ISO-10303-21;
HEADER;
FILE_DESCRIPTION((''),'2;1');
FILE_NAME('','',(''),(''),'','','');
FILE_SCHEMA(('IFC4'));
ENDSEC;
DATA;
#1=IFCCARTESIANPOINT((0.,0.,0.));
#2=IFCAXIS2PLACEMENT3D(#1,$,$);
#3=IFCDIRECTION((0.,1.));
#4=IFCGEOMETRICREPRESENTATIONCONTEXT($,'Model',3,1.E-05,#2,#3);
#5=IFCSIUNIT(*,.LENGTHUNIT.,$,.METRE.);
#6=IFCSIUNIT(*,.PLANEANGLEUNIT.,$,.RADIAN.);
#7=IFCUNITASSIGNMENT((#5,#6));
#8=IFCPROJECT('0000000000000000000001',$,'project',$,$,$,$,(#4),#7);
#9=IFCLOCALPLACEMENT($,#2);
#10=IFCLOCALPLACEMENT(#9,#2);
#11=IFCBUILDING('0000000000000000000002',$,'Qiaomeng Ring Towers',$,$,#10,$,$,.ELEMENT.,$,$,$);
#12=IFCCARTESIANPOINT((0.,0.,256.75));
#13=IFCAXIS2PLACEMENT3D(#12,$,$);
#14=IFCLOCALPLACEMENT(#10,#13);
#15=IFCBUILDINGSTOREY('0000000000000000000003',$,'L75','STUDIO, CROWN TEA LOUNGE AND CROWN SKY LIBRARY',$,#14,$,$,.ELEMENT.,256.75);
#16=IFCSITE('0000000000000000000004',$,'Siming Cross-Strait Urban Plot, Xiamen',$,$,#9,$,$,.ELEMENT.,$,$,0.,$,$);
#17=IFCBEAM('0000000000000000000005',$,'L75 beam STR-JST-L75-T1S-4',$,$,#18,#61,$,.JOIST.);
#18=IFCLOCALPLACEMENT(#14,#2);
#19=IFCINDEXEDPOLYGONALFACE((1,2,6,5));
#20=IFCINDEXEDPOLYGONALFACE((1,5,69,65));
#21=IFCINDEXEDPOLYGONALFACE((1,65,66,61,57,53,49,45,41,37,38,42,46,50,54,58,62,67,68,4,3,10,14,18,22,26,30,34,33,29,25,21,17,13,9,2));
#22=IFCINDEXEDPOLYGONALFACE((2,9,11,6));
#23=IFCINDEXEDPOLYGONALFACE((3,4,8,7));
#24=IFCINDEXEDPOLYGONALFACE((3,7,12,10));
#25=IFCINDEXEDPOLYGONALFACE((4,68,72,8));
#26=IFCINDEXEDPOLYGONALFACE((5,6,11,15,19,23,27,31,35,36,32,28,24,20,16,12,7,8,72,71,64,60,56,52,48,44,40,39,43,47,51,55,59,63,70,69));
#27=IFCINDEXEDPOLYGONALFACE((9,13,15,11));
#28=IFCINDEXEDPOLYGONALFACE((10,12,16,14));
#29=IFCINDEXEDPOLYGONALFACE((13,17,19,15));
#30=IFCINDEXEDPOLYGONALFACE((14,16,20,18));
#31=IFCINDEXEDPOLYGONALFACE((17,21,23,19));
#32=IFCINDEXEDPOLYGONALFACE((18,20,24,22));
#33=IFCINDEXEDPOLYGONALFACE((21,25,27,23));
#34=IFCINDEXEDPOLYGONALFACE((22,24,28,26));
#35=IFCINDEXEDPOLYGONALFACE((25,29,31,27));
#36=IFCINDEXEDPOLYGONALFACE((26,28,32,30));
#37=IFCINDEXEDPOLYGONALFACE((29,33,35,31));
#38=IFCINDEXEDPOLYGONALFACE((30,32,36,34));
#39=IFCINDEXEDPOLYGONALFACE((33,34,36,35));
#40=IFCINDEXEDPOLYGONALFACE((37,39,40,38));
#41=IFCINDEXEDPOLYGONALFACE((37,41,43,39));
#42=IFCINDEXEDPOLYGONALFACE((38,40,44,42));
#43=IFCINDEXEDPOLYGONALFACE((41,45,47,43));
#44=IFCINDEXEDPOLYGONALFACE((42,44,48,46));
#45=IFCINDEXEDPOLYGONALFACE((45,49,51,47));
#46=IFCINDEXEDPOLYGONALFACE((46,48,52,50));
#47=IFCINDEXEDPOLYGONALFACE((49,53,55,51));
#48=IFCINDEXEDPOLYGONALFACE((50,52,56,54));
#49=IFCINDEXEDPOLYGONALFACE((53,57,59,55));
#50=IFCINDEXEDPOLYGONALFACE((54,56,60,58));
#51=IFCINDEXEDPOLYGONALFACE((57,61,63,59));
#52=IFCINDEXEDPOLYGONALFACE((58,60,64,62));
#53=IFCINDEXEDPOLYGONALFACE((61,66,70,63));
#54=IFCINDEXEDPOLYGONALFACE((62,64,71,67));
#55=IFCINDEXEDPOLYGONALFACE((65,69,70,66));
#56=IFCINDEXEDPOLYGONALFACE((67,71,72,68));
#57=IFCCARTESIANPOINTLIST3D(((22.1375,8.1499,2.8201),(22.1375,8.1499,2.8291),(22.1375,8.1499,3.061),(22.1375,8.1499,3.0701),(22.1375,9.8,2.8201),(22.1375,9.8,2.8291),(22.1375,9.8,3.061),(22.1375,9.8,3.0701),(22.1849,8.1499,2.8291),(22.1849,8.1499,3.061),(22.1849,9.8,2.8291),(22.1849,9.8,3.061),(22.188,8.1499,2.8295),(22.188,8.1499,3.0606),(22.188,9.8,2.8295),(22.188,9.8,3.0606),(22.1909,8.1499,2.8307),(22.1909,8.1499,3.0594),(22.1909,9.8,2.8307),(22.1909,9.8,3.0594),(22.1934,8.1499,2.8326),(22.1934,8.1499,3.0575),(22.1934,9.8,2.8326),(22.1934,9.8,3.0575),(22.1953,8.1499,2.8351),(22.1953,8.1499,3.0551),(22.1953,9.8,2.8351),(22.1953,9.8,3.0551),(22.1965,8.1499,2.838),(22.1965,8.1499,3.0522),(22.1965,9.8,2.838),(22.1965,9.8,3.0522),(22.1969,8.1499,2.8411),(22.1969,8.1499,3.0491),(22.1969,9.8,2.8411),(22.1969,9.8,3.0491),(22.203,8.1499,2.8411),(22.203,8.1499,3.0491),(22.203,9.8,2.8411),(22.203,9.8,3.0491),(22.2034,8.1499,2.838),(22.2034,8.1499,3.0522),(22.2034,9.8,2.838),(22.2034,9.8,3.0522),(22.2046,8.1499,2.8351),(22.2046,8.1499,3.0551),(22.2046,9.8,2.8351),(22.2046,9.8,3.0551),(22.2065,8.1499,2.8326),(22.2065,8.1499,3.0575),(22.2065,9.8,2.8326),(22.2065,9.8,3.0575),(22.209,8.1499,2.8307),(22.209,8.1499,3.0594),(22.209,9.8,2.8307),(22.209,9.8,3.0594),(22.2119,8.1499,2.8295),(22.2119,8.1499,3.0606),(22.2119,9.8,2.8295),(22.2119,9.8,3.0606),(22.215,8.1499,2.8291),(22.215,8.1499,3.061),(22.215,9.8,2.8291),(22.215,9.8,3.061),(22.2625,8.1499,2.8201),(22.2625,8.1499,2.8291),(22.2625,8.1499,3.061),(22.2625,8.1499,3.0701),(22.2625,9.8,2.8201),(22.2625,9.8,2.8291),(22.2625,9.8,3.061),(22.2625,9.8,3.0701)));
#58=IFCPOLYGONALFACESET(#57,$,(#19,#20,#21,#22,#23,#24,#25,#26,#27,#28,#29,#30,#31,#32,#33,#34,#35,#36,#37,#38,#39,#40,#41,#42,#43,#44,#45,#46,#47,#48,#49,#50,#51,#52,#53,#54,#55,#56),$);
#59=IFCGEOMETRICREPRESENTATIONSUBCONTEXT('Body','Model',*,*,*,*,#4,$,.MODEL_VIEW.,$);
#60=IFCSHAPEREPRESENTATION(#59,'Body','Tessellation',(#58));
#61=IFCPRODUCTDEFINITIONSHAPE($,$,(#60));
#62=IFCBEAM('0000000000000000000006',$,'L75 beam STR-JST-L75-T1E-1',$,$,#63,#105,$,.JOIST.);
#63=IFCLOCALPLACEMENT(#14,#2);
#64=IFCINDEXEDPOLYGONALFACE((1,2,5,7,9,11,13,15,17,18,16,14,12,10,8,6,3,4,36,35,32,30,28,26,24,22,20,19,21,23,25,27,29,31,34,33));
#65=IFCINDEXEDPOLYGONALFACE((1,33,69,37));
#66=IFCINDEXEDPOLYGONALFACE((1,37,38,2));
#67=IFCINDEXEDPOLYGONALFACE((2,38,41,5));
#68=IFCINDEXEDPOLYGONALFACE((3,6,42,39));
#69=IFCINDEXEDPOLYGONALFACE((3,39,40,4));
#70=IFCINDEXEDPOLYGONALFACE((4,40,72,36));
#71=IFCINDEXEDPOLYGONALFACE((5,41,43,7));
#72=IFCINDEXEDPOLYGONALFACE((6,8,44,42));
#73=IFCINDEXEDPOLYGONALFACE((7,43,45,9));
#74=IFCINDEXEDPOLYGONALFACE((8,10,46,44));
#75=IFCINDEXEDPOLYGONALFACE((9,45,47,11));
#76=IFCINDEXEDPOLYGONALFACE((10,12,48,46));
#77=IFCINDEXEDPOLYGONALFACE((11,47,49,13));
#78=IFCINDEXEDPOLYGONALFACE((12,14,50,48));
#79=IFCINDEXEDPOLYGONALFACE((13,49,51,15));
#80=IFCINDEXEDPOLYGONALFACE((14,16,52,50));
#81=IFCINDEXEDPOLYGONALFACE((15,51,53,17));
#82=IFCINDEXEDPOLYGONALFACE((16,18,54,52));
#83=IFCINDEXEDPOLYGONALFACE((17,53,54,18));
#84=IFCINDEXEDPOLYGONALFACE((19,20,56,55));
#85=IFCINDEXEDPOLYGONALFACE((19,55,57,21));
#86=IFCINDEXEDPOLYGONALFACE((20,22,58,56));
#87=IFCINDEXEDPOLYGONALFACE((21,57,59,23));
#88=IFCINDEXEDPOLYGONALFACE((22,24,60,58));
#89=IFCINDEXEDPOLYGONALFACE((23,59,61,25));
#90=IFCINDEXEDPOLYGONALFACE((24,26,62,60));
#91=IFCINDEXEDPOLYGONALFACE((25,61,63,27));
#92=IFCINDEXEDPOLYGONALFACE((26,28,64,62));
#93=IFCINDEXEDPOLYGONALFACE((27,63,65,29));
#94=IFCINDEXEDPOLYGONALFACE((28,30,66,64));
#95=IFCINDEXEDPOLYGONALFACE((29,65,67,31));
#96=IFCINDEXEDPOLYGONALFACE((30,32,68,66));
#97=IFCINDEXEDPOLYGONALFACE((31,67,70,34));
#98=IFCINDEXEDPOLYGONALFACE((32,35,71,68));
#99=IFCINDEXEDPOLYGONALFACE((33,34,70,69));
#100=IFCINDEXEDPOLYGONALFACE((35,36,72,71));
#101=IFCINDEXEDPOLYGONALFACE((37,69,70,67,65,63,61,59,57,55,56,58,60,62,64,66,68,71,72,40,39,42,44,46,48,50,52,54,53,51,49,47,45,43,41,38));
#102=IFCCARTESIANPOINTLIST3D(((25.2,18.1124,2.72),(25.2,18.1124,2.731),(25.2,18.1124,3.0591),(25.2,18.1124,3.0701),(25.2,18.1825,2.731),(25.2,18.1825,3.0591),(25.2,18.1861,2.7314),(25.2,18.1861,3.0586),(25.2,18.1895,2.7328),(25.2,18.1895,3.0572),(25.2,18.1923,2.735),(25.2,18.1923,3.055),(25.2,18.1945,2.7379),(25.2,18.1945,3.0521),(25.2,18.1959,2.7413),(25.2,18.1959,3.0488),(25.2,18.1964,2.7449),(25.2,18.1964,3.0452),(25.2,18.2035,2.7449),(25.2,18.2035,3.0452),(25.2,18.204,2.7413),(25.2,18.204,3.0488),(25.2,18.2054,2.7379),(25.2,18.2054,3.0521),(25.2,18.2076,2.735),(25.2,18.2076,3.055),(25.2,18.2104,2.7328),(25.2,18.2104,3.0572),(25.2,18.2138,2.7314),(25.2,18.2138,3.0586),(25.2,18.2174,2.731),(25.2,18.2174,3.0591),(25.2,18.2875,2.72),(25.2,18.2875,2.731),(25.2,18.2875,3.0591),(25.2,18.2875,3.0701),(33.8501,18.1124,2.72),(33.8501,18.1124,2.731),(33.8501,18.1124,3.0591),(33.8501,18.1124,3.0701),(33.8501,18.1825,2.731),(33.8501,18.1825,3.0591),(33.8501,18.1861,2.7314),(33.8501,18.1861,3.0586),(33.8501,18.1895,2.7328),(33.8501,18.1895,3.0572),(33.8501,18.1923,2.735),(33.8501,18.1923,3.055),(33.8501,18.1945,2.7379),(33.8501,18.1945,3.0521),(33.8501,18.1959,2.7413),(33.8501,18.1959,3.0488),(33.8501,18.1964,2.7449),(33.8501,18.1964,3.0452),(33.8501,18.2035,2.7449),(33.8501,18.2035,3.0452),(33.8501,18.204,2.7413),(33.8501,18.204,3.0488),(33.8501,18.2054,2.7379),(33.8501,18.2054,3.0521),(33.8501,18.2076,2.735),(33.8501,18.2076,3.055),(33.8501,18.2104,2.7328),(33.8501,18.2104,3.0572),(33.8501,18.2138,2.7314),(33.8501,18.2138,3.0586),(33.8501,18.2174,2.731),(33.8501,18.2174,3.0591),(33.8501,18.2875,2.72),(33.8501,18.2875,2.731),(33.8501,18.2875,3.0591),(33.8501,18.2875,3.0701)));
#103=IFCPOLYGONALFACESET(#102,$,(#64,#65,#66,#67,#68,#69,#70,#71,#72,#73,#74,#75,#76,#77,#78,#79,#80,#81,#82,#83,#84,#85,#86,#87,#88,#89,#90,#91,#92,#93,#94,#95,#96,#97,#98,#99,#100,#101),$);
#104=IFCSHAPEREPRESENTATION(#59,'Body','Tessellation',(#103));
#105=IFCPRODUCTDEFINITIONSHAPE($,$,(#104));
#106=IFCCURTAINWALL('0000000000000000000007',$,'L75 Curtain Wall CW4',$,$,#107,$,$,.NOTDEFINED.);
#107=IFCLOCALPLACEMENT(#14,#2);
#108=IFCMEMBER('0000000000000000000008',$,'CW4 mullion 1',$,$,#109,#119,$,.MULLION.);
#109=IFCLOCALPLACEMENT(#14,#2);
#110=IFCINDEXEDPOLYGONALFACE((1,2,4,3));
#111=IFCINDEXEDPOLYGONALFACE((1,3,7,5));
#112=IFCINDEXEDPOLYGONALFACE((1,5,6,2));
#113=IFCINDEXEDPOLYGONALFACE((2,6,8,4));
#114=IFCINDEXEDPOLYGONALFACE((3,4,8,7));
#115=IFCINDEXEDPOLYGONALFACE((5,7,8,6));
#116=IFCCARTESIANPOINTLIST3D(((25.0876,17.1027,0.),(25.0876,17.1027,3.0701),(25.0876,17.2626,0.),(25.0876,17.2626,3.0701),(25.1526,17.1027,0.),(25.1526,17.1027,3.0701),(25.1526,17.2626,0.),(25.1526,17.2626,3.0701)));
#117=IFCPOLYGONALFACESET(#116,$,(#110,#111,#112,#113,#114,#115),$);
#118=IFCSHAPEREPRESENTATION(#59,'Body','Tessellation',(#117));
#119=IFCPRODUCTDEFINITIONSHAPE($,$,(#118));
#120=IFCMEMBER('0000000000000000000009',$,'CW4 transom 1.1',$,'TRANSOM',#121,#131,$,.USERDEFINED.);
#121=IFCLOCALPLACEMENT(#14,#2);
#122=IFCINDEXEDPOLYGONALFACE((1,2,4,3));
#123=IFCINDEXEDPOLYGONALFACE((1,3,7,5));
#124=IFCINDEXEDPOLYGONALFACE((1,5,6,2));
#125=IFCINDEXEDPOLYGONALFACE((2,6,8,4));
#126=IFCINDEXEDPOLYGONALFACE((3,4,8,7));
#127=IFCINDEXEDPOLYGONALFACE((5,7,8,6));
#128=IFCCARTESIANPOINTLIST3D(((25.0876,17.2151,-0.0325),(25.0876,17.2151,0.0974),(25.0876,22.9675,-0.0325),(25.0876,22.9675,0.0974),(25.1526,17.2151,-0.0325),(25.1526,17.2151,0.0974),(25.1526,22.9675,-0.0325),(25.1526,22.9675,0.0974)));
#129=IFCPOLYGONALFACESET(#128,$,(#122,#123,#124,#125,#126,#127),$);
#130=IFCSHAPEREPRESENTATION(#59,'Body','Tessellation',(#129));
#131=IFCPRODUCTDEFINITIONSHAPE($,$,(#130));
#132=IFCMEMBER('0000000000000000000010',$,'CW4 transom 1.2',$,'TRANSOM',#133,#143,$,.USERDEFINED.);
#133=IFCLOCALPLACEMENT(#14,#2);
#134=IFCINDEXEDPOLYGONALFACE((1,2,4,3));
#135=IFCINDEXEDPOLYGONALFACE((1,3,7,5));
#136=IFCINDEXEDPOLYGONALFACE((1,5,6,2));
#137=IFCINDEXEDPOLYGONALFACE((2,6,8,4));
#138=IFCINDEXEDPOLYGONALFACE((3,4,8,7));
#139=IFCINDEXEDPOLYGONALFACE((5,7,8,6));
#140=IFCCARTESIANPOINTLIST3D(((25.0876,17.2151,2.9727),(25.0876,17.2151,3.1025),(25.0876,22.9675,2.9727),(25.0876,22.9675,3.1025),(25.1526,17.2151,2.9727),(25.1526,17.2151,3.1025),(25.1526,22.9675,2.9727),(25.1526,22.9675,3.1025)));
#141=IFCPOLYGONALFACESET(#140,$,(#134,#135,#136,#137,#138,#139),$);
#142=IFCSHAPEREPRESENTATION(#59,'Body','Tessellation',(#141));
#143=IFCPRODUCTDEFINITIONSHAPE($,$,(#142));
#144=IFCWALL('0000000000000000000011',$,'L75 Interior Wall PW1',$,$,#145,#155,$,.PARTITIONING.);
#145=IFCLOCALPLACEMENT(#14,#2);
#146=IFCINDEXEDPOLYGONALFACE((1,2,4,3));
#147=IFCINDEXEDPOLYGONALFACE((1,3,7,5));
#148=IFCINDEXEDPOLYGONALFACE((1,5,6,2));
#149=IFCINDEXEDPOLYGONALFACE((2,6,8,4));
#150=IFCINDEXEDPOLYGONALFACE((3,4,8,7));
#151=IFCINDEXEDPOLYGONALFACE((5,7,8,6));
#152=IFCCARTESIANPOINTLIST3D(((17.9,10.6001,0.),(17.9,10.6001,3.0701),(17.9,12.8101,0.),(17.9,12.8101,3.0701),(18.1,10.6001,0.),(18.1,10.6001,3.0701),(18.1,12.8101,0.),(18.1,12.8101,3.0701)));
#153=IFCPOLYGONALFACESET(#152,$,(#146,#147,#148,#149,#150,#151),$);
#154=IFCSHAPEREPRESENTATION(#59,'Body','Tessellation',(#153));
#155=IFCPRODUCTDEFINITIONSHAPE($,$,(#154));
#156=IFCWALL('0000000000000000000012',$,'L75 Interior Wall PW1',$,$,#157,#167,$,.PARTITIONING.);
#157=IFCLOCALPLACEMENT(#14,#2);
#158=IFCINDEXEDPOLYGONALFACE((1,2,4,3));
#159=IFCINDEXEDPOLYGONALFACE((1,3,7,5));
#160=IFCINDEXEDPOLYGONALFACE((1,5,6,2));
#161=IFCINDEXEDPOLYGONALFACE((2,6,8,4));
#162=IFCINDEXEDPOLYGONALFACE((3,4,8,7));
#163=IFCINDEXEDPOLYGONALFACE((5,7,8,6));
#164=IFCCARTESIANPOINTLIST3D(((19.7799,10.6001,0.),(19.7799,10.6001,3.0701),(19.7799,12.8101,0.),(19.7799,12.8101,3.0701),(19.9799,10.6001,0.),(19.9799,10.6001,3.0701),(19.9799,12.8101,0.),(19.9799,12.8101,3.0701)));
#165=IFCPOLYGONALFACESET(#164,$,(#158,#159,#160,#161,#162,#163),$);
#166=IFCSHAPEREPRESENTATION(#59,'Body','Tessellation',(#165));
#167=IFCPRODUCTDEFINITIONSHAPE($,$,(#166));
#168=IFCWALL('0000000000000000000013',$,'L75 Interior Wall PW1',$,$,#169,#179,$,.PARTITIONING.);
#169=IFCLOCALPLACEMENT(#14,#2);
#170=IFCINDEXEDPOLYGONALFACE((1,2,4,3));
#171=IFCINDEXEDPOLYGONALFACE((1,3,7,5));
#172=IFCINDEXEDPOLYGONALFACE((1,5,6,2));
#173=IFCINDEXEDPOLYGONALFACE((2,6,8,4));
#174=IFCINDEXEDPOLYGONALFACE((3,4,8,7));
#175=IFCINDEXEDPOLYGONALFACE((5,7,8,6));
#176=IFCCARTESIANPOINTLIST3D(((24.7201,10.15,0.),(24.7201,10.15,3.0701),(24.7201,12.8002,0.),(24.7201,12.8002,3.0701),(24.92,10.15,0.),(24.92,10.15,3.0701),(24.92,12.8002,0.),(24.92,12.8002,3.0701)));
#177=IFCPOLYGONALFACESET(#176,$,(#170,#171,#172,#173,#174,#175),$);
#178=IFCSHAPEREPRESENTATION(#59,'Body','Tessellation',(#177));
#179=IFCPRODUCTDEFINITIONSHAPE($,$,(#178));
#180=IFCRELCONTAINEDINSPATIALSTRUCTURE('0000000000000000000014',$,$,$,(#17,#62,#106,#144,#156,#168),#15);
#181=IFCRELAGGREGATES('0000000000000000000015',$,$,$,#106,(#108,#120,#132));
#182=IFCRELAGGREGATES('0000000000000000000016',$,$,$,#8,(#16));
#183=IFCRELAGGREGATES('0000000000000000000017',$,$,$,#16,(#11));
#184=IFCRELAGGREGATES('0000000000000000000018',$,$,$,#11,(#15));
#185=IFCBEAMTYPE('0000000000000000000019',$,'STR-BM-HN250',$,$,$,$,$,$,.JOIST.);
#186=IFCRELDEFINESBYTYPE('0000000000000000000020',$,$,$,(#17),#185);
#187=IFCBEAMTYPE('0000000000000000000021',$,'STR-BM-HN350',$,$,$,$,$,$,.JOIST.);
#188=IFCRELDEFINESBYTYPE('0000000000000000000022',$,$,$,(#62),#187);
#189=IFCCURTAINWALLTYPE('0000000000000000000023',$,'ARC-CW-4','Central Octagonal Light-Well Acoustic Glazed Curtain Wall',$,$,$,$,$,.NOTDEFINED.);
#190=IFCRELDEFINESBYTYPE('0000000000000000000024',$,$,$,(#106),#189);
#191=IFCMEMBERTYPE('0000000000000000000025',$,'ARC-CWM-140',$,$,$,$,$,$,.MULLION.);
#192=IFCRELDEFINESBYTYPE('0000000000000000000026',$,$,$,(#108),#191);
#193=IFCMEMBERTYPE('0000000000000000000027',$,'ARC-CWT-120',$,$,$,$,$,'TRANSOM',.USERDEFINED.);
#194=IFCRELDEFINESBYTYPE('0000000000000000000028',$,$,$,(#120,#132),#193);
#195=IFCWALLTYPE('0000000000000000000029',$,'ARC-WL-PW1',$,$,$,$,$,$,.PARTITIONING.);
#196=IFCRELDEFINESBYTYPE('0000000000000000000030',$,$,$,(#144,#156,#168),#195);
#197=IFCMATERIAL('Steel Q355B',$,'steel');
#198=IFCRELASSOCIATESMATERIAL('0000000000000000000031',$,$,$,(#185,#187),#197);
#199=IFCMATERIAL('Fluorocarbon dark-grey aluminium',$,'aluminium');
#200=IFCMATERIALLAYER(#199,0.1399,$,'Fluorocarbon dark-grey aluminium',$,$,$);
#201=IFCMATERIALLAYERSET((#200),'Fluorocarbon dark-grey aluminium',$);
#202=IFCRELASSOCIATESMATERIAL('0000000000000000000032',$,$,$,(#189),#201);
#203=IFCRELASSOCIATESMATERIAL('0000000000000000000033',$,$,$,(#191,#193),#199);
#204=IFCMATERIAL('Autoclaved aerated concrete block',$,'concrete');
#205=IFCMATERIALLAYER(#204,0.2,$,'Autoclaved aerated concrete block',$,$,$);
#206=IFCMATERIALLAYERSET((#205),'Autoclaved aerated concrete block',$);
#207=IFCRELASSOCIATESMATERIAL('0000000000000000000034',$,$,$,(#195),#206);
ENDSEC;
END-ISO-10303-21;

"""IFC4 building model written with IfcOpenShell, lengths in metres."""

from ifc_helpers import new_model, si_unit, direction, frame, frame_2d, origin, origin_2d, place, context, subcontext, project, spatial, rectangle, i_section, extrude, source, transform, mapped, material, layer, layer_set, material_profile, profile_set, type_object, element, aggregate, save


model = new_model("IFC4")

# Units and contexts
model_context = context("Model", 3, precision=1e-05, world=origin(), true_north=direction((0.0, 1.0)))
body_context = subcontext(model_context, "Body", "Model", "MODEL_VIEW")
ifc_project = project(units=[si_unit("LENGTHUNIT", "METRE"), si_unit("PLANEANGLEUNIT", "RADIAN")], contexts=[model_context])

# Site, building, storey
site_placement = place(None, origin())
site = spatial("IfcSite", under=ifc_project, at=site_placement, Name="Siming Cross-Strait Urban Plot, Xiamen", CompositionType="ELEMENT", RefElevation=0.0)
building_placement = place(site_placement, origin())
building = spatial("IfcBuilding", under=site, at=building_placement, Name="Qiaomeng Ring Towers", CompositionType="ELEMENT")
storey_placement = place(building_placement, frame((0.0, 0.0, 256.75)))
storey = spatial("IfcBuildingStorey", under=building, at=storey_placement, Name="L75", Description="STUDIO, CROWN TEA LOUNGE AND CROWN SKY LIBRARY", CompositionType="ELEMENT", Elevation=256.75)

# Beams
ifc_material_1 = material(Name="Steel Q355B", Category="steel")
ifc_material_profile_1 = material_profile(ifc_material_1, i_section(OverallWidth=0.125, OverallDepth=0.25, WebThickness=0.0061, FlangeThickness=0.009, FilletRadius=0.012, at=origin_2d()), Name="HN 250x125x6x9")
ifc_profile_set_1 = profile_set([ifc_material_profile_1], Name="Steel Q355B")
beam_type_1 = type_object("IfcBeamType", Name="STR-BM-HN250", PredefinedType="JOIST", material=ifc_profile_set_1)
shared_shape_1 = source(origin(), body_context, "Body", "SweptSolid", [
    extrude(i_section(OverallWidth=0.125, OverallDepth=0.25, WebThickness=0.0061, FlangeThickness=0.009, FilletRadius=0.012, at=origin_2d()), origin(), (0.0, 0.0, 1.0), 1.6501),
])
for number, where, z_axis, x_axis, name in (
    (1, (22.2, 8.1499, 2.9451), (0.0, 1.0, 0.0), (-1.0, 0.0, 0.0), "L75 beam STR-JST-L75-T1S-4"),
):
    element("IfcBeam", number, at=place(storey_placement, frame(where, z_axis=z_axis, x_axis=x_axis)), inside=storey, type_object=beam_type_1, Name=name, PredefinedType="JOIST", context=body_context, shape_type="MappedRepresentation", body=[
        mapped(shared_shape_1, transform((0.0, 0.0, 0.0), x_axis=(1.0, 0.0, 0.0), y_axis=(0.0, 1.0, 0.0), z_axis=(0.0, 0.0, 1.0), scale=1.0)),
    ])
ifc_material_profile_2 = material_profile(ifc_material_1, i_section(OverallWidth=0.175, OverallDepth=0.3501, WebThickness=0.0071, FlangeThickness=0.011, FilletRadius=0.0139, at=origin_2d()), Name="HN 350x175x7x11")
ifc_profile_set_2 = profile_set([ifc_material_profile_2], Name="Steel Q355B")
beam_type_2 = type_object("IfcBeamType", Name="STR-BM-HN350", PredefinedType="JOIST", material=ifc_profile_set_2)
shared_shape_2 = source(origin(), body_context, "Body", "SweptSolid", [
    extrude(i_section(OverallWidth=0.175, OverallDepth=0.3501, WebThickness=0.0071, FlangeThickness=0.011, FilletRadius=0.0139, at=origin_2d()), origin(), (0.0, 0.0, 1.0), 8.6501),
])
beam_1_placement = place(storey_placement, frame((25.2, 18.2, 2.895), z_axis=(1.0, 0.0, 0.0), x_axis=(0.0, 1.0, 0.0)))
element("IfcBeam", 2, at=beam_1_placement, inside=storey, type_object=beam_type_2, Name="L75 beam STR-JST-L75-T1E-1", PredefinedType="JOIST", context=body_context, shape_type="MappedRepresentation", body=[
    mapped(shared_shape_2, transform((0.0, 0.0, 0.0), x_axis=(1.0, 0.0, 0.0), y_axis=(0.0, 1.0, 0.0), z_axis=(0.0, 0.0, 1.0), scale=1.0)),
])

# Curtain wall, members
ifc_material_2 = material(Name="Fluorocarbon dark-grey aluminium", Category="aluminium")
ifc_layer_1 = layer(ifc_material_2, 0.1399, Name="Fluorocarbon dark-grey aluminium")
ifc_layer_set_1 = layer_set([ifc_layer_1], Name="Fluorocarbon dark-grey aluminium")
curtain_wall_type = type_object("IfcCurtainWallType", Name="ARC-CW-4", Description="Central Octagonal Light-Well Acoustic Glazed Curtain Wall", PredefinedType="NOTDEFINED", material=ifc_layer_set_1)
curtain_wall_placement = place(storey_placement, origin())
curtain_wall = element("IfcCurtainWall", 3, at=curtain_wall_placement, inside=storey, type_object=curtain_wall_type, Name="L75 Curtain Wall CW4", PredefinedType="NOTDEFINED")
ifc_material_profile_3 = material_profile(ifc_material_2, rectangle(XDim=0.0649, YDim=0.1599, at=origin_2d()), Name="ALU MULL 65x160")
ifc_profile_set_3 = profile_set([ifc_material_profile_3], Name="Fluorocarbon dark-grey aluminium")
member_type_1 = type_object("IfcMemberType", Name="ARC-CWM-140", PredefinedType="MULLION", material=ifc_profile_set_3)
shared_shape_3 = source(origin(), body_context, "Body", "SweptSolid", [
    extrude(rectangle(XDim=0.0649, YDim=0.1599, at=origin_2d()), origin(), (0.0, 0.0, 1.0), 3.0701),
])
member_1_placement = place(storey_placement, frame((25.1201, 17.1826, 0.0), z_axis=(0.0, 0.0, 1.0), x_axis=(-1.0, 0.0, 0.0)))
member_1 = element("IfcMember", 4, at=member_1_placement, type_object=member_type_1, Name="CW4 mullion 1", PredefinedType="MULLION", context=body_context, shape_type="MappedRepresentation", body=[
    mapped(shared_shape_3, transform((0.0, 0.0, 0.0), x_axis=(1.0, 0.0, 0.0), y_axis=(0.0, 1.0, 0.0), z_axis=(0.0, 0.0, 1.0), scale=1.0)),
])
ifc_material_profile_4 = material_profile(ifc_material_2, rectangle(XDim=0.0649, YDim=0.1299, at=origin_2d()), Name="ALU TRAN 65x130")
ifc_profile_set_4 = profile_set([ifc_material_profile_4], Name="Fluorocarbon dark-grey aluminium")
member_type_2 = type_object("IfcMemberType", Name="ARC-CWT-120", ElementType="TRANSOM", PredefinedType="USERDEFINED", material=ifc_profile_set_4)
shared_shape_4 = source(origin(), body_context, "Body", "SweptSolid", [
    extrude(rectangle(XDim=0.0649, YDim=0.1299, at=origin_2d()), origin(), (0.0, 0.0, 1.0), 5.7524),
])
member_2_placement = place(storey_placement, frame((25.1201, 17.2151, 0.0325), z_axis=(0.0, 1.0, 0.0), x_axis=(-1.0, 0.0, 0.0)))
member_2 = element("IfcMember", 5, at=member_2_placement, type_object=member_type_2, Name="CW4 transom 1.1", ObjectType="TRANSOM", PredefinedType="USERDEFINED", context=body_context, shape_type="MappedRepresentation", body=[
    mapped(shared_shape_4, transform((0.0, 0.0, 0.0), x_axis=(1.0, 0.0, 0.0), y_axis=(0.0, 1.0, 0.0), z_axis=(0.0, 0.0, 1.0), scale=1.0)),
])
member_3_placement = place(storey_placement, frame((25.1201, 17.2151, 3.0376), z_axis=(0.0, 1.0, 0.0), x_axis=(-1.0, 0.0, 0.0)))
member_3 = element("IfcMember", 6, at=member_3_placement, type_object=member_type_2, Name="CW4 transom 1.2", ObjectType="TRANSOM", PredefinedType="USERDEFINED", context=body_context, shape_type="MappedRepresentation", body=[
    mapped(shared_shape_4, transform((0.0, 0.0, 0.0), x_axis=(1.0, 0.0, 0.0), y_axis=(0.0, 1.0, 0.0), z_axis=(0.0, 0.0, 1.0), scale=1.0)),
])
aggregate(curtain_wall, [member_1, member_2, member_3])

# Walls
ifc_material_3 = material(Name="Autoclaved aerated concrete block", Category="concrete")
ifc_layer_2 = layer(ifc_material_3, 0.2, Name="Autoclaved aerated concrete block")
ifc_layer_set_2 = layer_set([ifc_layer_2], Name="Autoclaved aerated concrete block")
wall_type_1 = type_object("IfcWallType", Name="ARC-WL-PW1", PredefinedType="PARTITIONING", material=ifc_layer_set_2)
for number, where, z_axis, x_axis, name in (
    (7, (18.0, 10.6001, 0.0), (0.0, 0.0, 1.0), (0.0, 1.0, 0.0), "L75 Interior Wall PW1"),
    (8, (19.8799, 10.6001, 0.0), (0.0, 0.0, 1.0), (0.0, 1.0, 0.0), "L75 Interior Wall PW1"),
):
    element("IfcWall", number, at=place(storey_placement, frame(where, z_axis=z_axis, x_axis=x_axis)), inside=storey, type_object=wall_type_1, Name=name, PredefinedType="PARTITIONING", context=body_context, shape_type="SweptSolid", body=[
        extrude(rectangle(XDim=2.21, YDim=0.2, at=frame_2d((1.105, 0.0))), origin(), (0.0, 0.0, 1.0), 3.0701),
    ])
wall_1_placement = place(storey_placement, frame((24.8201, 10.1499, 0.0), z_axis=(0.0, 0.0, 1.0), x_axis=(0.0, 1.0, 0.0)))
element("IfcWall", 9, at=wall_1_placement, inside=storey, type_object=wall_type_1, Name="L75 Interior Wall PW1", PredefinedType="PARTITIONING", context=body_context, shape_type="SweptSolid", body=[
    extrude(rectangle(XDim=2.6501, YDim=0.2, at=frame_2d((1.3252, 0.0))), origin(), (0.0, 0.0, 1.0), 3.0701),
])

save(model, "model.ifc")
